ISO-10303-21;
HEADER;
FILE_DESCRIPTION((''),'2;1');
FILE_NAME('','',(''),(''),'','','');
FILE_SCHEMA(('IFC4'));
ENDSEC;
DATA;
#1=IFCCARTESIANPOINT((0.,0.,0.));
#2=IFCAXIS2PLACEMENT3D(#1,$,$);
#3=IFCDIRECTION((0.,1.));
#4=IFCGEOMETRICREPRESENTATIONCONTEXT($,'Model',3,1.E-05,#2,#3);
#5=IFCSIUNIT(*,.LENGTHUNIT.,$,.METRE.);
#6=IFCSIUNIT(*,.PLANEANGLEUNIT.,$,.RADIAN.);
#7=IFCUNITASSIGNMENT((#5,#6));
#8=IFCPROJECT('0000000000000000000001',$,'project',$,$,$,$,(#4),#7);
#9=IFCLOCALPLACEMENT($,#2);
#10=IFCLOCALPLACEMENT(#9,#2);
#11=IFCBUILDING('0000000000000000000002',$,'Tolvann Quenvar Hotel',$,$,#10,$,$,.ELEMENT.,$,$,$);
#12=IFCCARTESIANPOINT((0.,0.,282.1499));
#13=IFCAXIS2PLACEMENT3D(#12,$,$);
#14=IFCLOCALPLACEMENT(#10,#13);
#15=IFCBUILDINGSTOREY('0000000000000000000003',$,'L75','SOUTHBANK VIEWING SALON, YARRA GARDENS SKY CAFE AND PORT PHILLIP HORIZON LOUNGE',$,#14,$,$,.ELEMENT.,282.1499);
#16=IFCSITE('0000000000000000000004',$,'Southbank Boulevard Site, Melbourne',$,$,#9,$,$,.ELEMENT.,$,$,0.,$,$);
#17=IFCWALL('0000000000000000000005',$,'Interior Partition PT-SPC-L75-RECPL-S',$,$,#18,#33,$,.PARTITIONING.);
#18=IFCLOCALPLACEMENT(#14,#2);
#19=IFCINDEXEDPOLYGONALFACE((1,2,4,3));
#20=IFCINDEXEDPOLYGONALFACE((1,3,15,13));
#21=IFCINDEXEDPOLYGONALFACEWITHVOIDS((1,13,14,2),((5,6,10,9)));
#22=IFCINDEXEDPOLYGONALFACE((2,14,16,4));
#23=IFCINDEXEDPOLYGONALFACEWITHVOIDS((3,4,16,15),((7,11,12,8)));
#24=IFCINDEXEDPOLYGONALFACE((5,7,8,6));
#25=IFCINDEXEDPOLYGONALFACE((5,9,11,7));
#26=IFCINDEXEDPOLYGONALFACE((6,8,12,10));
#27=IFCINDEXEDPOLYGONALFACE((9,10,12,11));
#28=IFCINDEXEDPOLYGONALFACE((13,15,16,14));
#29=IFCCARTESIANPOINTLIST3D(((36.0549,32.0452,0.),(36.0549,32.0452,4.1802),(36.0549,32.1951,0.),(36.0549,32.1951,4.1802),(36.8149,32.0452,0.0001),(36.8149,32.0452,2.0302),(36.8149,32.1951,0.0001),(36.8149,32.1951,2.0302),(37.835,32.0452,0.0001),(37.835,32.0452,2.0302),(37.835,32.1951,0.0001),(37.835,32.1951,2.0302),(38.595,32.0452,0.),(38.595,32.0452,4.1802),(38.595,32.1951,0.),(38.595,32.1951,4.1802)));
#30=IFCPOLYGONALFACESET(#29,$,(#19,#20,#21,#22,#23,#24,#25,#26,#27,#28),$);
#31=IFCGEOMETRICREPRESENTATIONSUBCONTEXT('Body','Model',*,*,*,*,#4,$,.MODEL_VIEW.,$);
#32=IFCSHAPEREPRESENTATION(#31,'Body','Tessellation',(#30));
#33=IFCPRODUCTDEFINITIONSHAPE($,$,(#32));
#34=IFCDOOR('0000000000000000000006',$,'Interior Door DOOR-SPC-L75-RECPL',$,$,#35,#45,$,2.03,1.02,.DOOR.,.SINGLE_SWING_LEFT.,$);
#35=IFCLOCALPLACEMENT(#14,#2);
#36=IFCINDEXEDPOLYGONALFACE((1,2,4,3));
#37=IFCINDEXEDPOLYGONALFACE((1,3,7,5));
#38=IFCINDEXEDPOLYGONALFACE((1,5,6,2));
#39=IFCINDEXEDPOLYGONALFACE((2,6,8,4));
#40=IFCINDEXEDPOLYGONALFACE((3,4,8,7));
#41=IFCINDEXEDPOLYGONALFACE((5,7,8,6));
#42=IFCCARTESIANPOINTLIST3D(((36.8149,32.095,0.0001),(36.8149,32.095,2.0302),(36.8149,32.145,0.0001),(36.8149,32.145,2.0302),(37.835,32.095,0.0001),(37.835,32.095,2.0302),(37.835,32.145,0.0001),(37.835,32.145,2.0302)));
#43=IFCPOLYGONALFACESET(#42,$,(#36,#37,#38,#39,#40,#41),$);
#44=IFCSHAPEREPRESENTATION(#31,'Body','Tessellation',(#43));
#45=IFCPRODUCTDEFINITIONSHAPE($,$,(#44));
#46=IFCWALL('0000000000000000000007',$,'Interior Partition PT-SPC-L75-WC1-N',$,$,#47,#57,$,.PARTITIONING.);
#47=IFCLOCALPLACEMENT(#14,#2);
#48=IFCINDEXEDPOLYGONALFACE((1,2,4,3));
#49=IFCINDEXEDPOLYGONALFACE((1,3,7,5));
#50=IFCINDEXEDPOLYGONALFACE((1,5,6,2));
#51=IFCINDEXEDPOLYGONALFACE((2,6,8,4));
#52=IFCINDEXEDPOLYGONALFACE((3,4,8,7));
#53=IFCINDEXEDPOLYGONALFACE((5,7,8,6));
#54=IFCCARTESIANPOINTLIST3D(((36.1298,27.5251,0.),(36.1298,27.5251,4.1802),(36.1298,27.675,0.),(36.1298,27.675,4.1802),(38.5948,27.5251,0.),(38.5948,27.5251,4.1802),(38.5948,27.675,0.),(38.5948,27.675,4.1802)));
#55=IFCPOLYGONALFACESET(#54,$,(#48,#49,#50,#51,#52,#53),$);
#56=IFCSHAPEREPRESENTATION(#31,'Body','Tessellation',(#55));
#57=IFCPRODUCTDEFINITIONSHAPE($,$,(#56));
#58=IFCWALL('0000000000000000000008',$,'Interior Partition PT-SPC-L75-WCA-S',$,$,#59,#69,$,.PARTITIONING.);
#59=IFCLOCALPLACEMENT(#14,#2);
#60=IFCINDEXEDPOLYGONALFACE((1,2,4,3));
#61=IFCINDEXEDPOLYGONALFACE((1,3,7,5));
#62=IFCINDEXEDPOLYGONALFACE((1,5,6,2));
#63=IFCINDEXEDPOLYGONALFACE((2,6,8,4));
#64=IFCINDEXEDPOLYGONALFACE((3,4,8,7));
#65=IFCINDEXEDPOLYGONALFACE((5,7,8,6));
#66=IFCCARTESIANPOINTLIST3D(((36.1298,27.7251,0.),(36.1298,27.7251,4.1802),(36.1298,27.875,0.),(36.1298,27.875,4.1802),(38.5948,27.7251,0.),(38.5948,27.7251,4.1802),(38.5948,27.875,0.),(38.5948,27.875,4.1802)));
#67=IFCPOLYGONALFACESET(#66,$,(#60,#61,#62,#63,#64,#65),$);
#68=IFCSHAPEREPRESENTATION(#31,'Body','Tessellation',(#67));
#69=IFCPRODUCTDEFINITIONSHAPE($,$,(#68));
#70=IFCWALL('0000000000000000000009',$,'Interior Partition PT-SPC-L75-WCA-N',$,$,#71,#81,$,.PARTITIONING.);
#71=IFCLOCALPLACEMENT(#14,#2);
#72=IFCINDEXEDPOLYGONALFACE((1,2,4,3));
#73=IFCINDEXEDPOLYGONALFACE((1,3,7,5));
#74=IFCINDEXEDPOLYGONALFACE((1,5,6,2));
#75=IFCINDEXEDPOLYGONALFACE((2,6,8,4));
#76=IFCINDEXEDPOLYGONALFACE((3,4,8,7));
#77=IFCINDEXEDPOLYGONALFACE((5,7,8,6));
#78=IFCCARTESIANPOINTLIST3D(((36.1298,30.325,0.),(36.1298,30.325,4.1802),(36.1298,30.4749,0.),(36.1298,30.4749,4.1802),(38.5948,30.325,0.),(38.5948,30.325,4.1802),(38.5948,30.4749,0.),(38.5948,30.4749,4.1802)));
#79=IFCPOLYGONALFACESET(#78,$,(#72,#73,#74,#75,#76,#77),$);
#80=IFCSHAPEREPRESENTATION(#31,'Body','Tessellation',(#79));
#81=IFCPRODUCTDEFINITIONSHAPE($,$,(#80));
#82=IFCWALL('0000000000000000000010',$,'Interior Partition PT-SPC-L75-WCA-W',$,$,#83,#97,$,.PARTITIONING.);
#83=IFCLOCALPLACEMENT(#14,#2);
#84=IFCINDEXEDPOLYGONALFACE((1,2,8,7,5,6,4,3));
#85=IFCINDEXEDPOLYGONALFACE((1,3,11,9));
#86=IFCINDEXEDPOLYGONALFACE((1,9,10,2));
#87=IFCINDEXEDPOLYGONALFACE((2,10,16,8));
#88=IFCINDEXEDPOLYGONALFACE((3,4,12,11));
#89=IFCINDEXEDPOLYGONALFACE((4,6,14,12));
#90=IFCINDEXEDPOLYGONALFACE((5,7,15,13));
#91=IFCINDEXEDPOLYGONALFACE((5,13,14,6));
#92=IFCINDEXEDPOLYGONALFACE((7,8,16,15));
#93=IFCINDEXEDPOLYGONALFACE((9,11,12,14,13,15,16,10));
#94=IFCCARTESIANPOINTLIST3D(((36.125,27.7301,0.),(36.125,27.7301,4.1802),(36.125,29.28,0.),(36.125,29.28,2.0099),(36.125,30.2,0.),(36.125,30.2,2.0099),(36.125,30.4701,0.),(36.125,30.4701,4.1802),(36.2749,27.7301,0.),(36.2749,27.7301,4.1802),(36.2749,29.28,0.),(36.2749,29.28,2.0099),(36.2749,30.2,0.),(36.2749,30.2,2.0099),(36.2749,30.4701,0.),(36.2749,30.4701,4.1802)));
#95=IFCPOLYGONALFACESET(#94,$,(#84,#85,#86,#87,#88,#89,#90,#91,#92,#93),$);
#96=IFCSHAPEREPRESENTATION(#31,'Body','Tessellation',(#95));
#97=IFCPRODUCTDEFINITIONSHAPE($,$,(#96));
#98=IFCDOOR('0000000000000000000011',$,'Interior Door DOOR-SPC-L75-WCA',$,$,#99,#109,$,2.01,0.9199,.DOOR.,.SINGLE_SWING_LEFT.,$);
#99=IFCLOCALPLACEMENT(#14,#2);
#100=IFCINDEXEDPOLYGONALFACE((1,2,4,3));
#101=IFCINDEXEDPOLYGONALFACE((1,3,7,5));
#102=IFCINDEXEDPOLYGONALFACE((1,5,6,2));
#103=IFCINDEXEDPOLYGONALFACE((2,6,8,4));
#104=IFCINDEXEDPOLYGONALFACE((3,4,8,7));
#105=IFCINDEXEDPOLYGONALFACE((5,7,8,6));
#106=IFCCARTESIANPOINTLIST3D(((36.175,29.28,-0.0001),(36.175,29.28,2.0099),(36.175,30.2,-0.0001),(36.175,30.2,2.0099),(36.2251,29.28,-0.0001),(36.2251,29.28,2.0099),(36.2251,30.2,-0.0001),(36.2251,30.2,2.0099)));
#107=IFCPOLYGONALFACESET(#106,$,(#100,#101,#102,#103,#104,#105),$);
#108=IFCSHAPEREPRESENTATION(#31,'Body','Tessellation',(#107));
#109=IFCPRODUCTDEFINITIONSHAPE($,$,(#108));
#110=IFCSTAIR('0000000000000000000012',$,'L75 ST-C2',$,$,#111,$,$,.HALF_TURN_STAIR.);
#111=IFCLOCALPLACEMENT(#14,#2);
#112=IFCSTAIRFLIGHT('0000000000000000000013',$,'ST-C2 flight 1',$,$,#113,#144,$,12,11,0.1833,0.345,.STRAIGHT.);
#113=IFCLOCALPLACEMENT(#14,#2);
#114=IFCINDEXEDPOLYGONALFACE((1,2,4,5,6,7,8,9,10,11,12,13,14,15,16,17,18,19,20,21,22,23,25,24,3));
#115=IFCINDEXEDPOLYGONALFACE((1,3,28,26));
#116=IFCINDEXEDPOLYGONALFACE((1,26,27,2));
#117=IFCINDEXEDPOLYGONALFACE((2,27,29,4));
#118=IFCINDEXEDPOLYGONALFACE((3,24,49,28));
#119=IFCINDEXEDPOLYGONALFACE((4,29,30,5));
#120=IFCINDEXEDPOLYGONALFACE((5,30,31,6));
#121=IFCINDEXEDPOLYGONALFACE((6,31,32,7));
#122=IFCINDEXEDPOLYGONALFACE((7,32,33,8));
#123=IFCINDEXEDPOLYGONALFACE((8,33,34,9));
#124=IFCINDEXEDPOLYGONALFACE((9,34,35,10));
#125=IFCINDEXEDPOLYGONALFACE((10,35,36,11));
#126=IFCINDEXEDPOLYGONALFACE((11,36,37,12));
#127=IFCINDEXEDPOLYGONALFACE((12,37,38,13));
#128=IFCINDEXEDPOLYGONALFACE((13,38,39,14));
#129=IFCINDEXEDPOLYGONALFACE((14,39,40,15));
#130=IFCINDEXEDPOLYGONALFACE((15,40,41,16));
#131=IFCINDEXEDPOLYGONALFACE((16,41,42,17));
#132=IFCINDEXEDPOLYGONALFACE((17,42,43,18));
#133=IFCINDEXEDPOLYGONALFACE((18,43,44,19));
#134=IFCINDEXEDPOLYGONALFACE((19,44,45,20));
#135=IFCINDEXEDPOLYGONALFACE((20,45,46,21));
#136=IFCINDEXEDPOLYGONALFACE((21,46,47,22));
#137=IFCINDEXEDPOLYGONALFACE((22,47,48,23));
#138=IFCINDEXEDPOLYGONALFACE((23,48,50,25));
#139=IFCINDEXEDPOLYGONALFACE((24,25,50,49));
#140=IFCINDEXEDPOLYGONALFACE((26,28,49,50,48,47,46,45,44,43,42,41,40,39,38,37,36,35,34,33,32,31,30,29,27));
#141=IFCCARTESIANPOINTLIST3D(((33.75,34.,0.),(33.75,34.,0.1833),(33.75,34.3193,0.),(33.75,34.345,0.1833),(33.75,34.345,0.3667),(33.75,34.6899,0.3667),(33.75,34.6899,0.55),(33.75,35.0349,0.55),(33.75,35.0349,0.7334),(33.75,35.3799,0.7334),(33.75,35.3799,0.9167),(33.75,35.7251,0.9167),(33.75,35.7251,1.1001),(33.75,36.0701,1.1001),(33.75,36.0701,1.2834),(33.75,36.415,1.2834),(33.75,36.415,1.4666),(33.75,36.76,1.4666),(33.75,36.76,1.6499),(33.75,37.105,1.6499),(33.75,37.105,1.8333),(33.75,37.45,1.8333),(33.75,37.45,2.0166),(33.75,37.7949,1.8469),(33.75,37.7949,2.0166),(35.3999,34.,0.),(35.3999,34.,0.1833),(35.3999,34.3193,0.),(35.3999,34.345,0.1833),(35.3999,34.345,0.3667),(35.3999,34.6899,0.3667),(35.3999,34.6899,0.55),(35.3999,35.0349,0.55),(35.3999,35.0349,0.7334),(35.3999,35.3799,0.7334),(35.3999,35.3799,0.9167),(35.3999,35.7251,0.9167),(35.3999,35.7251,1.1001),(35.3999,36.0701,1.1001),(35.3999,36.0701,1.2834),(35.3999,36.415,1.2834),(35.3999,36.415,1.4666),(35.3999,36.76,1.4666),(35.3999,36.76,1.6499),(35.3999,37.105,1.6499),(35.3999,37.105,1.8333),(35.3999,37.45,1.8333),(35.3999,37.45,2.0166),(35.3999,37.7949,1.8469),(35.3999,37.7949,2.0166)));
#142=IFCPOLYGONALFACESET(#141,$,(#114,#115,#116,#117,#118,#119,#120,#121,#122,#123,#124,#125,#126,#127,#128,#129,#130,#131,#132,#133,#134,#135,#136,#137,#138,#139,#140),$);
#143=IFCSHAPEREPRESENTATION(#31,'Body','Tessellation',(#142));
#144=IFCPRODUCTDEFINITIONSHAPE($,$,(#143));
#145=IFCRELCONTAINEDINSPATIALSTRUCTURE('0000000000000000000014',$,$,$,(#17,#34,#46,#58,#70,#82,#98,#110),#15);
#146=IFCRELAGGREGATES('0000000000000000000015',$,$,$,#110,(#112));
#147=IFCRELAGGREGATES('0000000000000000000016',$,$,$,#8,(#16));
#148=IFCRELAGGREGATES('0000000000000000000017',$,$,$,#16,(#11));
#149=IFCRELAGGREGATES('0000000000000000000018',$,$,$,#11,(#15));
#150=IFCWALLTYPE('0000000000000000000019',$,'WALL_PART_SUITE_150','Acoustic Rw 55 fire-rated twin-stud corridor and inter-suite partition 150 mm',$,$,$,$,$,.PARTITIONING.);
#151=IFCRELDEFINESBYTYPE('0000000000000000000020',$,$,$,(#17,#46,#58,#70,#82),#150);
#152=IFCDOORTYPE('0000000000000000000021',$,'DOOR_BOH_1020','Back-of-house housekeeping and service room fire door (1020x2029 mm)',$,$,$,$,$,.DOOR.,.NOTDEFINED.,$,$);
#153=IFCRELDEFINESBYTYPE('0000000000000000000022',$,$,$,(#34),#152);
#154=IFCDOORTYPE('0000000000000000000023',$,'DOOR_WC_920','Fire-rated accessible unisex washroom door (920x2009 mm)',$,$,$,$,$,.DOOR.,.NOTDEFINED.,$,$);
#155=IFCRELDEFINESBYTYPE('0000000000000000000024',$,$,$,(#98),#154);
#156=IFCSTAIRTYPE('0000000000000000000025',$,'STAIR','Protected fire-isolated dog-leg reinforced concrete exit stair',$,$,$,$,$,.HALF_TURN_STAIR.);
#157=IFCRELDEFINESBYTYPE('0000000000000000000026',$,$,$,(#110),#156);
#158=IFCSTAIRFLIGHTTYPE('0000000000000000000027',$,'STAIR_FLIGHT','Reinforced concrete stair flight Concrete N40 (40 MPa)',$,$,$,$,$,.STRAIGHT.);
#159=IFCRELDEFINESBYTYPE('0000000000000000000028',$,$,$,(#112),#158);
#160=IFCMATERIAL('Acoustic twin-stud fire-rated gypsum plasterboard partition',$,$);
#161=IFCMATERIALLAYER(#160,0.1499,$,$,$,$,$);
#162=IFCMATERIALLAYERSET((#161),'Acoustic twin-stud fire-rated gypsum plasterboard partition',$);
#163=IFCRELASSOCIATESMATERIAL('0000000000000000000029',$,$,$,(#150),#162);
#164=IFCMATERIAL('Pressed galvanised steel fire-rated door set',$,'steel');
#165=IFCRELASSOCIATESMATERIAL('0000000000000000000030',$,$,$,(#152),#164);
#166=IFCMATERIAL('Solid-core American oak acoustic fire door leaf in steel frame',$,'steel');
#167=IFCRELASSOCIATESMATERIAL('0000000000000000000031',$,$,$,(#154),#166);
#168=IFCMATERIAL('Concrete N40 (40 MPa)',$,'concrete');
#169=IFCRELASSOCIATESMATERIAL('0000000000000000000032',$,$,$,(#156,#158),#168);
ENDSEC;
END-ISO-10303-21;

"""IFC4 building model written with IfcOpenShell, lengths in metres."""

from ifc_helpers import new_model, si_unit, direction, frame, frame_2d, origin, place, context, subcontext, project, spatial, polyline, rectangle, outline, extrude, source, transform, mapped, material, layer, layer_set, type_object, type_shapes, element, fill, aggregate, save


model = new_model("IFC4")

# Units and contexts
model_context = context("Model", 3, precision=1e-05, world=origin(), true_north=direction((0.0, 1.0)))
body_context = subcontext(model_context, "Body", "Model", "MODEL_VIEW")
ifc_project = project(units=[si_unit("LENGTHUNIT", "METRE"), si_unit("PLANEANGLEUNIT", "RADIAN")], contexts=[model_context])

# Site, building, storey
site_placement = place(None, origin())
site = spatial("IfcSite", under=ifc_project, at=site_placement, Name="Southbank Boulevard Site, Melbourne", CompositionType="ELEMENT", RefElevation=0.0)
building_placement = place(site_placement, origin())
building = spatial("IfcBuilding", under=site, at=building_placement, Name="Tolvann Quenvar Hotel", CompositionType="ELEMENT")
storey_placement = place(building_placement, frame((0.0, 0.0, 282.1499)))
storey = spatial("IfcBuildingStorey", under=building, at=storey_placement, Name="L75", Description="SOUTHBANK VIEWING SALON, YARRA GARDENS SKY CAFE AND PORT PHILLIP HORIZON LOUNGE", CompositionType="ELEMENT", Elevation=282.1499)

# Shared definitions
ifc_material_1 = material(Name="Acoustic twin-stud fire-rated gypsum plasterboard partition")

# Wall, opening, door
ifc_layer_1 = layer(ifc_material_1, 0.1499)
ifc_layer_set_1 = layer_set([ifc_layer_1], Name="Acoustic twin-stud fire-rated gypsum plasterboard partition")
wall_type_1 = type_object("IfcWallType", Name="WALL_PART_SUITE_150", Description="Acoustic Rw 55 fire-rated twin-stud corridor and inter-suite partition 150 mm", PredefinedType="PARTITIONING", material=ifc_layer_set_1)
wall_1_placement = place(storey_placement, frame((36.0549, 32.1201, 0.0), z_axis=(0.0, 0.0, 1.0), x_axis=(1.0, 0.0, 0.0)))
wall_1 = element("IfcWall", 1, at=wall_1_placement, inside=storey, type_object=wall_type_1, Name="Interior Partition PT-SPC-L75-RECPL-S", PredefinedType="PARTITIONING", context=body_context, shape_type="SweptSolid", body=[
    extrude(rectangle(XDim=2.54, YDim=0.1499, at=frame_2d((1.27, 0.0))), origin(), (0.0, 0.0, 1.0), 4.1802),
])
opening_1_placement = place(wall_1_placement, frame((0.76, 0.0, 0.0)))
opening_1 = element("IfcOpeningElement", 2, at=opening_1_placement, cuts=wall_1, PredefinedType="OPENING", context=body_context, shape_type="SweptSolid", body=[
    extrude(rectangle(XDim=1.02, YDim=2.03, at=frame_2d((0.51, 1.0151))), frame((0.0, 0.085, 0.0), z_axis=(0.0, -1.0, 0.0), x_axis=(1.0, 0.0, 0.0)), (0.0, 0.0, 1.0), 0.1699),
])
ifc_material_2 = material(Name="Pressed galvanised steel fire-rated door set", Category="steel")
door_type_1 = type_object("IfcDoorType", Name="DOOR_BOH_1020", Description="Back-of-house housekeeping and service room fire door (1020x2029 mm)", OperationType="NOTDEFINED", PredefinedType="DOOR", material=ifc_material_2)
shared_shape_1 = source(origin(), body_context, "Body", "SweptSolid", [
    extrude(rectangle(XDim=1.02, YDim=2.03, at=frame_2d((0.51, 1.0151))), frame((0.0, 0.0249, 0.0), z_axis=(0.0, -1.0, 0.0), x_axis=(1.0, 0.0, 0.0)), (0.0, 0.0, 1.0), 0.05),
])
type_shapes(door_type_1, [shared_shape_1])
door_1_placement = place(opening_1_placement, origin())
door_1 = element("IfcDoor", 3, at=door_1_placement, inside=storey, type_object=door_type_1, Name="Interior Door DOOR-SPC-L75-RECPL", OperationType="SINGLE_SWING_LEFT", OverallHeight=2.03, OverallWidth=1.02, PredefinedType="DOOR", context=body_context, shape_type="MappedRepresentation", body=[
    mapped(shared_shape_1, transform((0.0, 0.0, 0.0), x_axis=(1.0, 0.0, 0.0), y_axis=(0.0, 1.0, 0.0), z_axis=(0.0, 0.0, 1.0), scale=1.0)),
])
fill(opening_1, door_1)

# Walls
for number, where, z_axis, x_axis, name in (
    (4, (36.1299, 27.6001, 0.0), (0.0, 0.0, 1.0), (1.0, 0.0, 0.0), "Interior Partition PT-SPC-L75-WC1-N"),
    (5, (36.1299, 27.8, 0.0), (0.0, 0.0, 1.0), (1.0, 0.0, 0.0), "Interior Partition PT-SPC-L75-WCA-S"),
    (6, (36.1299, 30.3999, 0.0), (0.0, 0.0, 1.0), (1.0, 0.0, 0.0), "Interior Partition PT-SPC-L75-WCA-N"),
):
    element("IfcWall", number, at=place(storey_placement, frame(where, z_axis=z_axis, x_axis=x_axis)), inside=storey, type_object=wall_type_1, Name=name, PredefinedType="PARTITIONING", context=body_context, shape_type="SweptSolid", body=[
        extrude(rectangle(XDim=2.4651, YDim=0.1499, at=frame_2d((1.2324, 0.0))), origin(), (0.0, 0.0, 1.0), 4.1802),
    ])

# Wall, opening, door
wall_2_placement = place(storey_placement, frame((36.2, 27.73, 0.0), z_axis=(0.0, 0.0, 1.0), x_axis=(0.0, 1.0, 0.0)))
wall_2 = element("IfcWall", 7, at=wall_2_placement, inside=storey, type_object=wall_type_1, Name="Interior Partition PT-SPC-L75-WCA-W", PredefinedType="PARTITIONING", context=body_context, shape_type="SweptSolid", body=[
    extrude(rectangle(XDim=2.74, YDim=0.1499, at=frame_2d((1.3701, 0.0))), origin(), (0.0, 0.0, 1.0), 4.1802),
])
opening_2_placement = place(wall_2_placement, frame((1.55, 0.0, 0.0)))
opening_2 = element("IfcOpeningElement", 8, at=opening_2_placement, cuts=wall_2, PredefinedType="OPENING", context=body_context, shape_type="SweptSolid", body=[
    extrude(rectangle(XDim=0.9199, YDim=2.01, at=frame_2d((0.46, 1.0049))), frame((0.0, 0.085, 0.0), z_axis=(0.0, -1.0, 0.0), x_axis=(1.0, 0.0, 0.0)), (0.0, 0.0, 1.0), 0.1699),
])
ifc_material_3 = material(Name="Solid-core American oak acoustic fire door leaf in steel frame", Category="steel")
door_type_2 = type_object("IfcDoorType", Name="DOOR_WC_920", Description="Fire-rated accessible unisex washroom door (920x2009 mm)", OperationType="NOTDEFINED", PredefinedType="DOOR", material=ifc_material_3)
shared_shape_2 = source(origin(), body_context, "Body", "SweptSolid", [
    extrude(rectangle(XDim=0.9199, YDim=2.01, at=frame_2d((0.46, 1.0049))), frame((0.0, 0.0249, 0.0), z_axis=(0.0, -1.0, 0.0), x_axis=(1.0, 0.0, 0.0)), (0.0, 0.0, 1.0), 0.05),
])
type_shapes(door_type_2, [shared_shape_2])
door_2_placement = place(opening_2_placement, origin())
door_2 = element("IfcDoor", 9, at=door_2_placement, inside=storey, type_object=door_type_2, Name="Interior Door DOOR-SPC-L75-WCA", OperationType="SINGLE_SWING_LEFT", OverallHeight=2.01, OverallWidth=0.9199, PredefinedType="DOOR", context=body_context, shape_type="MappedRepresentation", body=[
    mapped(shared_shape_2, transform((0.0, 0.0, 0.0), x_axis=(1.0, 0.0, 0.0), y_axis=(0.0, 1.0, 0.0), z_axis=(0.0, 0.0, 1.0), scale=1.0)),
])
fill(opening_2, door_2)

# Stair, stair flight
ifc_material_4 = material(Name="Concrete N40 (40 MPa)", Category="concrete")
stair_type = type_object("IfcStairType", Name="STAIR", Description="Protected fire-isolated dog-leg reinforced concrete exit stair", PredefinedType="HALF_TURN_STAIR", material=ifc_material_4)
stair_placement = place(storey_placement, origin())
stair = element("IfcStair", 10, at=stair_placement, inside=storey, type_object=stair_type, Name="L75 ST-C2", PredefinedType="HALF_TURN_STAIR")
stair_flight_type = type_object("IfcStairFlightType", Name="STAIR_FLIGHT", Description="Reinforced concrete stair flight Concrete N40 (40 MPa)", PredefinedType="STRAIGHT", material=ifc_material_4)
stair_flight_placement = place(storey_placement, frame((34.575, 34.0, 0.0), z_axis=(0.0, 0.0, 1.0), x_axis=(0.0, 1.0, 0.0)))
stair_flight = element("IfcStairFlight", 11, at=stair_flight_placement, type_object=stair_flight_type, Name="ST-C2 flight 1", NumberOfRisers=12, NumberOfTreads=11, PredefinedType="STRAIGHT", RiserHeight=0.1833, TreadLength=0.345, context=body_context, shape_type="SweptSolid", body=[
    extrude(outline(polyline([(0.0, 0.0), (0.0, 0.1833), (0.345, 0.1833), (0.345, 0.3667), (0.6899, 0.3667), (0.6899, 0.55), (1.0349, 0.55), (1.0349, 0.7334), (1.3799, 0.7334), (1.3799, 0.9167), (1.7251, 0.9167), (1.7251, 1.1001), (2.0701, 1.1001), (2.0701, 1.2834), (2.415, 1.2834), (2.415, 1.4666), (2.76, 1.4666), (2.76, 1.6499), (3.105, 1.6499), (3.105, 1.8333), (3.45, 1.8333), (3.45, 2.0166), (3.7949, 2.0166), (3.7949, 2.2), (3.7949, 1.8469), (0.3193, 0.0), (0.0, 0.0)])), frame((0.0, 0.825, 0.0), z_axis=(0.0, -1.0, 0.0), x_axis=(1.0, 0.0, 0.0)), (0.0, 0.0, 1.0), 1.6499),
])
aggregate(stair, [stair_flight])

save(model, "model.ifc")
